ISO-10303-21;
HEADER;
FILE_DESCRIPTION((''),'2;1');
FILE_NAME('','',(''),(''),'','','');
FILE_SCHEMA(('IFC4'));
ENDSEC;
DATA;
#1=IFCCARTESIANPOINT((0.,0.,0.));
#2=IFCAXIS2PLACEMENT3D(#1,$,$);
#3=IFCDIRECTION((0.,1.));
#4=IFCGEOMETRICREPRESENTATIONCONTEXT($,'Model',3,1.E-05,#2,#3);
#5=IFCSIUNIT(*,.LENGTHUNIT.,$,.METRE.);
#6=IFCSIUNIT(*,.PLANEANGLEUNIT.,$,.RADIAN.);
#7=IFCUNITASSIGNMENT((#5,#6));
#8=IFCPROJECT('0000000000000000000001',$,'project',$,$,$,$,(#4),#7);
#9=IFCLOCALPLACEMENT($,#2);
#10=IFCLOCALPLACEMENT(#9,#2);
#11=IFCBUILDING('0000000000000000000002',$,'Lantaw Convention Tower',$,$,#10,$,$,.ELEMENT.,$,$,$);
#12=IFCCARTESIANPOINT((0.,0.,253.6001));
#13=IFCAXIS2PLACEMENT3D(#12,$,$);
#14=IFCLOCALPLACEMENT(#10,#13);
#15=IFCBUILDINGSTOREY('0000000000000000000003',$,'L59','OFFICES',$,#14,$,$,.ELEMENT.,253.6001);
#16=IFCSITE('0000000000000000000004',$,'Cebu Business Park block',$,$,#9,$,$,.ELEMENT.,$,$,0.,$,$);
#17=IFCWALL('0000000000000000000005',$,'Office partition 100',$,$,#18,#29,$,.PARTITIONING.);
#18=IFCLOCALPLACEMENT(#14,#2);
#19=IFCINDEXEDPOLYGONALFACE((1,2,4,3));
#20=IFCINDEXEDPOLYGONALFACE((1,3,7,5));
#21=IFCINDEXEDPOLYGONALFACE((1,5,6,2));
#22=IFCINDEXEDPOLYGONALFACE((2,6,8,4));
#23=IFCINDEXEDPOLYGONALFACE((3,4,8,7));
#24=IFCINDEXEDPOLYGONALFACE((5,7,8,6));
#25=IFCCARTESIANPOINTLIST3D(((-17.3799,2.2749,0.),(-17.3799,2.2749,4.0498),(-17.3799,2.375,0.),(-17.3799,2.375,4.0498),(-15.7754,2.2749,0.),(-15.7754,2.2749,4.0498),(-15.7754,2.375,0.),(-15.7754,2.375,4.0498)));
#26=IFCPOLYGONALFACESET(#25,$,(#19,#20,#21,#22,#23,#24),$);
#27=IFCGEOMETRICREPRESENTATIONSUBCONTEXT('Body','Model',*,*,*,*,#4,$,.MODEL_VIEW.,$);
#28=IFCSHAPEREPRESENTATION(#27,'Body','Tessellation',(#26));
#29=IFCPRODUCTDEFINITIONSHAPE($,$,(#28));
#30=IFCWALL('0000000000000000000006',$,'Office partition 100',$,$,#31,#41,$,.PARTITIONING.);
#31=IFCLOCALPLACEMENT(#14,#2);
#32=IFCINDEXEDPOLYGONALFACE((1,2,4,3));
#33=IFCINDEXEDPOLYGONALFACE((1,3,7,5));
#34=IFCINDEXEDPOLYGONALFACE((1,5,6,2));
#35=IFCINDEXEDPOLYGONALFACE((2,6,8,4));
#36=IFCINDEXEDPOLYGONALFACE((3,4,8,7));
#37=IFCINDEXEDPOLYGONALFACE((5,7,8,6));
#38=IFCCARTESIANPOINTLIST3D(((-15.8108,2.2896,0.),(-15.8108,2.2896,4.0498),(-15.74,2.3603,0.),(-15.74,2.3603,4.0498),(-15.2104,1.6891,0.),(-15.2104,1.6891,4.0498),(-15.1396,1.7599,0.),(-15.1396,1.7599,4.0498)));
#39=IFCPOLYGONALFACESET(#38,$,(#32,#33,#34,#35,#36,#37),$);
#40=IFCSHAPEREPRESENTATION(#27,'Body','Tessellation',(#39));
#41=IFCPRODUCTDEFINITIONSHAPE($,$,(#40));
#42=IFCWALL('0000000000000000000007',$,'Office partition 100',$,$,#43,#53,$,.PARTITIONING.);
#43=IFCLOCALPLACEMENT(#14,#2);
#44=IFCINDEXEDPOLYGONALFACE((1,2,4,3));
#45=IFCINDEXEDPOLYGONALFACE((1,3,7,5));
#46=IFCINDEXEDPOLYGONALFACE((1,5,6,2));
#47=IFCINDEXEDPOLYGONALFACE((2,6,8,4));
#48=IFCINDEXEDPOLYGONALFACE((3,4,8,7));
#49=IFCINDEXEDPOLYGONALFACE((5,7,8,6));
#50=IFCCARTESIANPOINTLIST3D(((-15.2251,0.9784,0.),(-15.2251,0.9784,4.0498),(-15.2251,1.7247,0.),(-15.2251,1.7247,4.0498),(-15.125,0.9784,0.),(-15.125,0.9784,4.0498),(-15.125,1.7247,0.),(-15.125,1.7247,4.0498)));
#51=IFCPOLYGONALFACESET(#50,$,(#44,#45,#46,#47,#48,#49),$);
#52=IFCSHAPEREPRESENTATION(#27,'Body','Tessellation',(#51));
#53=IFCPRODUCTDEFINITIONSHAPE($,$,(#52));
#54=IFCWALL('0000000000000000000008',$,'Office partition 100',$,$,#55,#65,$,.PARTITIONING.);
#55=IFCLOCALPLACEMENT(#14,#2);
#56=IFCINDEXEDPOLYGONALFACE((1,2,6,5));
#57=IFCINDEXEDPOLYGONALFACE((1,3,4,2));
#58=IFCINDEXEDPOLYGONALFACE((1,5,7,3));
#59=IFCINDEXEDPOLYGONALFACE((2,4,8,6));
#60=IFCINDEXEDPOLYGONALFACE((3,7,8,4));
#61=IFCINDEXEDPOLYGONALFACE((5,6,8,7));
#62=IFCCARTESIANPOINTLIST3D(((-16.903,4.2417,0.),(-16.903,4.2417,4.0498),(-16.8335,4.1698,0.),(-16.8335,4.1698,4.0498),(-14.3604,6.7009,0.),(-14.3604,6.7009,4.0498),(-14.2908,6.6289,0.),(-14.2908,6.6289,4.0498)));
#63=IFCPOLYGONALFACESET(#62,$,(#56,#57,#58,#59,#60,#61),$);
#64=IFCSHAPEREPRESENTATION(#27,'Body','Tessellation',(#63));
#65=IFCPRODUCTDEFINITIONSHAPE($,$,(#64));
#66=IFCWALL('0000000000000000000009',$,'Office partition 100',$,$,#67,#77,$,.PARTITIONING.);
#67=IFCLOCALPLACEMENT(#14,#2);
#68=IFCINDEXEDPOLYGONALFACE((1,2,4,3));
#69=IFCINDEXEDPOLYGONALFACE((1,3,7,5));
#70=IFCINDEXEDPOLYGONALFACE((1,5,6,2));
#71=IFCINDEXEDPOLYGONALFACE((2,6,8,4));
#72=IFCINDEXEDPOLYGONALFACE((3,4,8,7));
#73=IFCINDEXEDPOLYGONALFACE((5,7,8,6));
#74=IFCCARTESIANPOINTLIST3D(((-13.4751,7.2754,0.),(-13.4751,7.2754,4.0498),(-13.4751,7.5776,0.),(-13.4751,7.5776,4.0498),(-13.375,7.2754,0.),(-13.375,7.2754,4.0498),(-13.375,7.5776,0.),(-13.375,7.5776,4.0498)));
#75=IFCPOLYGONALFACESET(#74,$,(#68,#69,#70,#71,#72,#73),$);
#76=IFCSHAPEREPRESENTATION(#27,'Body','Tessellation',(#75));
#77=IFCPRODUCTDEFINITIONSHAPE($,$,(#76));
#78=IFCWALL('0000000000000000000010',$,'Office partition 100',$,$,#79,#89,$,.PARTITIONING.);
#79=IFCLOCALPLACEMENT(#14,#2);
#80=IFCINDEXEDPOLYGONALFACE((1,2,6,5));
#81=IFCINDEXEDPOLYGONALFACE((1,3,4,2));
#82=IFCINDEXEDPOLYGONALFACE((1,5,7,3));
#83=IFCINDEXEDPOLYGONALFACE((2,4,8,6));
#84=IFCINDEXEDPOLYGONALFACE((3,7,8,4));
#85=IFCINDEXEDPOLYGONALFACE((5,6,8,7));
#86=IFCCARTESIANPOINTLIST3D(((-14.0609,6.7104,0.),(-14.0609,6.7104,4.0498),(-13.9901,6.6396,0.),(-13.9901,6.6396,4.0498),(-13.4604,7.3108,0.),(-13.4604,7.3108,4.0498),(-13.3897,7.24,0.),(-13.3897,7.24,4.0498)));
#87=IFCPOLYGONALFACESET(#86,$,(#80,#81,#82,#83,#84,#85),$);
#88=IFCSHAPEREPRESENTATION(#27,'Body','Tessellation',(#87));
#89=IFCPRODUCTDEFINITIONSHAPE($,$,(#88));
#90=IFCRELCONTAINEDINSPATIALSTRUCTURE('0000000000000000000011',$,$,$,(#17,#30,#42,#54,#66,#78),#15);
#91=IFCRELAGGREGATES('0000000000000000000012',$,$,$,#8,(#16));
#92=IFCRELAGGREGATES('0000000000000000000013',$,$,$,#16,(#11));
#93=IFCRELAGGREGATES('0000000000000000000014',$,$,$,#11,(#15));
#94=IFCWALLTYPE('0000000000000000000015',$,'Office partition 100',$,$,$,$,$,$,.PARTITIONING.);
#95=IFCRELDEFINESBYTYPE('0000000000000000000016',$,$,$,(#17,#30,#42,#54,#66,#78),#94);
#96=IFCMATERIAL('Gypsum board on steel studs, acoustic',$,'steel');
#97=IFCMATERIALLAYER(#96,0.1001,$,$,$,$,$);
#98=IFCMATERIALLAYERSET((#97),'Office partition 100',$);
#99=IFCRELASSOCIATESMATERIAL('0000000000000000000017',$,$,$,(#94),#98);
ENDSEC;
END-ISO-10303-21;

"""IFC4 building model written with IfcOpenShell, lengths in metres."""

from ifc_helpers import new_model, si_unit, direction, frame, frame_2d, origin, place, context, subcontext, project, spatial, rectangle, extrude, material, layer, layer_set, type_object, element, save


model = new_model("IFC4")

# Units and contexts
model_context = context("Model", 3, precision=1e-05, world=origin(), true_north=direction((0.0, 1.0)))
body_context = subcontext(model_context, "Body", "Model", "MODEL_VIEW")
ifc_project = project(units=[si_unit("LENGTHUNIT", "METRE"), si_unit("PLANEANGLEUNIT", "RADIAN")], contexts=[model_context])

# Site, building, storey
site_placement = place(None, origin())
site = spatial("IfcSite", under=ifc_project, at=site_placement, Name="Cebu Business Park block", CompositionType="ELEMENT", RefElevation=0.0)
building_placement = place(site_placement, origin())
building = spatial("IfcBuilding", under=site, at=building_placement, Name="Lantaw Convention Tower", CompositionType="ELEMENT")
storey_placement = place(building_placement, frame((0.0, 0.0, 253.6001)))
storey = spatial("IfcBuildingStorey", under=building, at=storey_placement, Name="L59", Description="OFFICES", CompositionType="ELEMENT", Elevation=253.6001)

# Shared definitions
ifc_material_1 = material(Name="Gypsum board on steel studs, acoustic", Category="steel")
ifc_layer_1 = layer(ifc_material_1, 0.1001)
ifc_layer_set_1 = layer_set([ifc_layer_1], Name="Office partition 100")
wall_type_1 = type_object("IfcWallType", Name="Office partition 100", PredefinedType="PARTITIONING", material=ifc_layer_set_1)

# Walls
wall_1_placement = place(storey_placement, frame((-17.3799, 2.325, 0.0), z_axis=(0.0, 0.0, 1.0), x_axis=(1.0, 0.0, 0.0)))
element("IfcWall", 1, at=wall_1_placement, inside=storey, type_object=wall_type_1, Name="Office partition 100", PredefinedType="PARTITIONING", context=body_context, shape_type="SweptSolid", body=[
    extrude(rectangle(XDim=1.6045, YDim=0.1001, at=frame_2d((0.8022, 0.0))), origin(), (0.0, 0.0, 1.0), 4.0498),
])
wall_2_placement = place(storey_placement, frame((-15.7754, 2.325, 0.0), z_axis=(0.0, 0.0, 1.0), x_axis=(0.707107, -0.707107, 0.0)))
element("IfcWall", 2, at=wall_2_placement, inside=storey, type_object=wall_type_1, Name="Office partition 100", PredefinedType="PARTITIONING", context=body_context, shape_type="SweptSolid", body=[
    extrude(rectangle(XDim=0.8491, YDim=0.1001, at=frame_2d((0.4246, 0.0))), origin(), (0.0, 0.0, 1.0), 4.0498),
])
wall_3_placement = place(storey_placement, frame((-15.175, 1.7246, 0.0), z_axis=(0.0, 0.0, 1.0), x_axis=(0.0, -1.0, 0.0)))
element("IfcWall", 3, at=wall_3_placement, inside=storey, type_object=wall_type_1, Name="Office partition 100", PredefinedType="PARTITIONING", context=body_context, shape_type="SweptSolid", body=[
    extrude(rectangle(XDim=0.7463, YDim=0.1001, at=frame_2d((0.373, 0.0))), origin(), (0.0, 0.0, 1.0), 4.0498),
])
wall_4_placement = place(storey_placement, frame((-16.8682, 4.2058, 0.0), z_axis=(0.0, 0.0, 1.0), x_axis=(0.71881, 0.695206, 0.0)))
element("IfcWall", 4, at=wall_4_placement, inside=storey, type_object=wall_type_1, Name="Office partition 100", PredefinedType="PARTITIONING", context=body_context, shape_type="SweptSolid", body=[
    extrude(rectangle(XDim=3.5374, YDim=0.1001, at=frame_2d((1.7686, 0.0))), origin(), (0.0, 0.0, 1.0), 4.0498),
])
wall_5_placement = place(storey_placement, frame((-13.425, 7.5776, 0.0), z_axis=(0.0, 0.0, 1.0), x_axis=(0.0, -1.0, 0.0)))
element("IfcWall", 5, at=wall_5_placement, inside=storey, type_object=wall_type_1, Name="Office partition 100", PredefinedType="PARTITIONING", context=body_context, shape_type="SweptSolid", body=[
    extrude(rectangle(XDim=0.3022, YDim=0.1001, at=frame_2d((0.1511, 0.0))), origin(), (0.0, 0.0, 1.0), 4.0498),
])
wall_6_placement = place(storey_placement, frame((-13.425, 7.2754, 0.0), z_axis=(0.0, 0.0, 1.0), x_axis=(-0.707107, -0.707107, 0.0)))
element("IfcWall", 6, at=wall_6_placement, inside=storey, type_object=wall_type_1, Name="Office partition 100", PredefinedType="PARTITIONING", context=body_context, shape_type="SweptSolid", body=[
    extrude(rectangle(XDim=0.8491, YDim=0.1001, at=frame_2d((0.4246, 0.0))), origin(), (0.0, 0.0, 1.0), 4.0498),
])

save(model, "model.ifc")
